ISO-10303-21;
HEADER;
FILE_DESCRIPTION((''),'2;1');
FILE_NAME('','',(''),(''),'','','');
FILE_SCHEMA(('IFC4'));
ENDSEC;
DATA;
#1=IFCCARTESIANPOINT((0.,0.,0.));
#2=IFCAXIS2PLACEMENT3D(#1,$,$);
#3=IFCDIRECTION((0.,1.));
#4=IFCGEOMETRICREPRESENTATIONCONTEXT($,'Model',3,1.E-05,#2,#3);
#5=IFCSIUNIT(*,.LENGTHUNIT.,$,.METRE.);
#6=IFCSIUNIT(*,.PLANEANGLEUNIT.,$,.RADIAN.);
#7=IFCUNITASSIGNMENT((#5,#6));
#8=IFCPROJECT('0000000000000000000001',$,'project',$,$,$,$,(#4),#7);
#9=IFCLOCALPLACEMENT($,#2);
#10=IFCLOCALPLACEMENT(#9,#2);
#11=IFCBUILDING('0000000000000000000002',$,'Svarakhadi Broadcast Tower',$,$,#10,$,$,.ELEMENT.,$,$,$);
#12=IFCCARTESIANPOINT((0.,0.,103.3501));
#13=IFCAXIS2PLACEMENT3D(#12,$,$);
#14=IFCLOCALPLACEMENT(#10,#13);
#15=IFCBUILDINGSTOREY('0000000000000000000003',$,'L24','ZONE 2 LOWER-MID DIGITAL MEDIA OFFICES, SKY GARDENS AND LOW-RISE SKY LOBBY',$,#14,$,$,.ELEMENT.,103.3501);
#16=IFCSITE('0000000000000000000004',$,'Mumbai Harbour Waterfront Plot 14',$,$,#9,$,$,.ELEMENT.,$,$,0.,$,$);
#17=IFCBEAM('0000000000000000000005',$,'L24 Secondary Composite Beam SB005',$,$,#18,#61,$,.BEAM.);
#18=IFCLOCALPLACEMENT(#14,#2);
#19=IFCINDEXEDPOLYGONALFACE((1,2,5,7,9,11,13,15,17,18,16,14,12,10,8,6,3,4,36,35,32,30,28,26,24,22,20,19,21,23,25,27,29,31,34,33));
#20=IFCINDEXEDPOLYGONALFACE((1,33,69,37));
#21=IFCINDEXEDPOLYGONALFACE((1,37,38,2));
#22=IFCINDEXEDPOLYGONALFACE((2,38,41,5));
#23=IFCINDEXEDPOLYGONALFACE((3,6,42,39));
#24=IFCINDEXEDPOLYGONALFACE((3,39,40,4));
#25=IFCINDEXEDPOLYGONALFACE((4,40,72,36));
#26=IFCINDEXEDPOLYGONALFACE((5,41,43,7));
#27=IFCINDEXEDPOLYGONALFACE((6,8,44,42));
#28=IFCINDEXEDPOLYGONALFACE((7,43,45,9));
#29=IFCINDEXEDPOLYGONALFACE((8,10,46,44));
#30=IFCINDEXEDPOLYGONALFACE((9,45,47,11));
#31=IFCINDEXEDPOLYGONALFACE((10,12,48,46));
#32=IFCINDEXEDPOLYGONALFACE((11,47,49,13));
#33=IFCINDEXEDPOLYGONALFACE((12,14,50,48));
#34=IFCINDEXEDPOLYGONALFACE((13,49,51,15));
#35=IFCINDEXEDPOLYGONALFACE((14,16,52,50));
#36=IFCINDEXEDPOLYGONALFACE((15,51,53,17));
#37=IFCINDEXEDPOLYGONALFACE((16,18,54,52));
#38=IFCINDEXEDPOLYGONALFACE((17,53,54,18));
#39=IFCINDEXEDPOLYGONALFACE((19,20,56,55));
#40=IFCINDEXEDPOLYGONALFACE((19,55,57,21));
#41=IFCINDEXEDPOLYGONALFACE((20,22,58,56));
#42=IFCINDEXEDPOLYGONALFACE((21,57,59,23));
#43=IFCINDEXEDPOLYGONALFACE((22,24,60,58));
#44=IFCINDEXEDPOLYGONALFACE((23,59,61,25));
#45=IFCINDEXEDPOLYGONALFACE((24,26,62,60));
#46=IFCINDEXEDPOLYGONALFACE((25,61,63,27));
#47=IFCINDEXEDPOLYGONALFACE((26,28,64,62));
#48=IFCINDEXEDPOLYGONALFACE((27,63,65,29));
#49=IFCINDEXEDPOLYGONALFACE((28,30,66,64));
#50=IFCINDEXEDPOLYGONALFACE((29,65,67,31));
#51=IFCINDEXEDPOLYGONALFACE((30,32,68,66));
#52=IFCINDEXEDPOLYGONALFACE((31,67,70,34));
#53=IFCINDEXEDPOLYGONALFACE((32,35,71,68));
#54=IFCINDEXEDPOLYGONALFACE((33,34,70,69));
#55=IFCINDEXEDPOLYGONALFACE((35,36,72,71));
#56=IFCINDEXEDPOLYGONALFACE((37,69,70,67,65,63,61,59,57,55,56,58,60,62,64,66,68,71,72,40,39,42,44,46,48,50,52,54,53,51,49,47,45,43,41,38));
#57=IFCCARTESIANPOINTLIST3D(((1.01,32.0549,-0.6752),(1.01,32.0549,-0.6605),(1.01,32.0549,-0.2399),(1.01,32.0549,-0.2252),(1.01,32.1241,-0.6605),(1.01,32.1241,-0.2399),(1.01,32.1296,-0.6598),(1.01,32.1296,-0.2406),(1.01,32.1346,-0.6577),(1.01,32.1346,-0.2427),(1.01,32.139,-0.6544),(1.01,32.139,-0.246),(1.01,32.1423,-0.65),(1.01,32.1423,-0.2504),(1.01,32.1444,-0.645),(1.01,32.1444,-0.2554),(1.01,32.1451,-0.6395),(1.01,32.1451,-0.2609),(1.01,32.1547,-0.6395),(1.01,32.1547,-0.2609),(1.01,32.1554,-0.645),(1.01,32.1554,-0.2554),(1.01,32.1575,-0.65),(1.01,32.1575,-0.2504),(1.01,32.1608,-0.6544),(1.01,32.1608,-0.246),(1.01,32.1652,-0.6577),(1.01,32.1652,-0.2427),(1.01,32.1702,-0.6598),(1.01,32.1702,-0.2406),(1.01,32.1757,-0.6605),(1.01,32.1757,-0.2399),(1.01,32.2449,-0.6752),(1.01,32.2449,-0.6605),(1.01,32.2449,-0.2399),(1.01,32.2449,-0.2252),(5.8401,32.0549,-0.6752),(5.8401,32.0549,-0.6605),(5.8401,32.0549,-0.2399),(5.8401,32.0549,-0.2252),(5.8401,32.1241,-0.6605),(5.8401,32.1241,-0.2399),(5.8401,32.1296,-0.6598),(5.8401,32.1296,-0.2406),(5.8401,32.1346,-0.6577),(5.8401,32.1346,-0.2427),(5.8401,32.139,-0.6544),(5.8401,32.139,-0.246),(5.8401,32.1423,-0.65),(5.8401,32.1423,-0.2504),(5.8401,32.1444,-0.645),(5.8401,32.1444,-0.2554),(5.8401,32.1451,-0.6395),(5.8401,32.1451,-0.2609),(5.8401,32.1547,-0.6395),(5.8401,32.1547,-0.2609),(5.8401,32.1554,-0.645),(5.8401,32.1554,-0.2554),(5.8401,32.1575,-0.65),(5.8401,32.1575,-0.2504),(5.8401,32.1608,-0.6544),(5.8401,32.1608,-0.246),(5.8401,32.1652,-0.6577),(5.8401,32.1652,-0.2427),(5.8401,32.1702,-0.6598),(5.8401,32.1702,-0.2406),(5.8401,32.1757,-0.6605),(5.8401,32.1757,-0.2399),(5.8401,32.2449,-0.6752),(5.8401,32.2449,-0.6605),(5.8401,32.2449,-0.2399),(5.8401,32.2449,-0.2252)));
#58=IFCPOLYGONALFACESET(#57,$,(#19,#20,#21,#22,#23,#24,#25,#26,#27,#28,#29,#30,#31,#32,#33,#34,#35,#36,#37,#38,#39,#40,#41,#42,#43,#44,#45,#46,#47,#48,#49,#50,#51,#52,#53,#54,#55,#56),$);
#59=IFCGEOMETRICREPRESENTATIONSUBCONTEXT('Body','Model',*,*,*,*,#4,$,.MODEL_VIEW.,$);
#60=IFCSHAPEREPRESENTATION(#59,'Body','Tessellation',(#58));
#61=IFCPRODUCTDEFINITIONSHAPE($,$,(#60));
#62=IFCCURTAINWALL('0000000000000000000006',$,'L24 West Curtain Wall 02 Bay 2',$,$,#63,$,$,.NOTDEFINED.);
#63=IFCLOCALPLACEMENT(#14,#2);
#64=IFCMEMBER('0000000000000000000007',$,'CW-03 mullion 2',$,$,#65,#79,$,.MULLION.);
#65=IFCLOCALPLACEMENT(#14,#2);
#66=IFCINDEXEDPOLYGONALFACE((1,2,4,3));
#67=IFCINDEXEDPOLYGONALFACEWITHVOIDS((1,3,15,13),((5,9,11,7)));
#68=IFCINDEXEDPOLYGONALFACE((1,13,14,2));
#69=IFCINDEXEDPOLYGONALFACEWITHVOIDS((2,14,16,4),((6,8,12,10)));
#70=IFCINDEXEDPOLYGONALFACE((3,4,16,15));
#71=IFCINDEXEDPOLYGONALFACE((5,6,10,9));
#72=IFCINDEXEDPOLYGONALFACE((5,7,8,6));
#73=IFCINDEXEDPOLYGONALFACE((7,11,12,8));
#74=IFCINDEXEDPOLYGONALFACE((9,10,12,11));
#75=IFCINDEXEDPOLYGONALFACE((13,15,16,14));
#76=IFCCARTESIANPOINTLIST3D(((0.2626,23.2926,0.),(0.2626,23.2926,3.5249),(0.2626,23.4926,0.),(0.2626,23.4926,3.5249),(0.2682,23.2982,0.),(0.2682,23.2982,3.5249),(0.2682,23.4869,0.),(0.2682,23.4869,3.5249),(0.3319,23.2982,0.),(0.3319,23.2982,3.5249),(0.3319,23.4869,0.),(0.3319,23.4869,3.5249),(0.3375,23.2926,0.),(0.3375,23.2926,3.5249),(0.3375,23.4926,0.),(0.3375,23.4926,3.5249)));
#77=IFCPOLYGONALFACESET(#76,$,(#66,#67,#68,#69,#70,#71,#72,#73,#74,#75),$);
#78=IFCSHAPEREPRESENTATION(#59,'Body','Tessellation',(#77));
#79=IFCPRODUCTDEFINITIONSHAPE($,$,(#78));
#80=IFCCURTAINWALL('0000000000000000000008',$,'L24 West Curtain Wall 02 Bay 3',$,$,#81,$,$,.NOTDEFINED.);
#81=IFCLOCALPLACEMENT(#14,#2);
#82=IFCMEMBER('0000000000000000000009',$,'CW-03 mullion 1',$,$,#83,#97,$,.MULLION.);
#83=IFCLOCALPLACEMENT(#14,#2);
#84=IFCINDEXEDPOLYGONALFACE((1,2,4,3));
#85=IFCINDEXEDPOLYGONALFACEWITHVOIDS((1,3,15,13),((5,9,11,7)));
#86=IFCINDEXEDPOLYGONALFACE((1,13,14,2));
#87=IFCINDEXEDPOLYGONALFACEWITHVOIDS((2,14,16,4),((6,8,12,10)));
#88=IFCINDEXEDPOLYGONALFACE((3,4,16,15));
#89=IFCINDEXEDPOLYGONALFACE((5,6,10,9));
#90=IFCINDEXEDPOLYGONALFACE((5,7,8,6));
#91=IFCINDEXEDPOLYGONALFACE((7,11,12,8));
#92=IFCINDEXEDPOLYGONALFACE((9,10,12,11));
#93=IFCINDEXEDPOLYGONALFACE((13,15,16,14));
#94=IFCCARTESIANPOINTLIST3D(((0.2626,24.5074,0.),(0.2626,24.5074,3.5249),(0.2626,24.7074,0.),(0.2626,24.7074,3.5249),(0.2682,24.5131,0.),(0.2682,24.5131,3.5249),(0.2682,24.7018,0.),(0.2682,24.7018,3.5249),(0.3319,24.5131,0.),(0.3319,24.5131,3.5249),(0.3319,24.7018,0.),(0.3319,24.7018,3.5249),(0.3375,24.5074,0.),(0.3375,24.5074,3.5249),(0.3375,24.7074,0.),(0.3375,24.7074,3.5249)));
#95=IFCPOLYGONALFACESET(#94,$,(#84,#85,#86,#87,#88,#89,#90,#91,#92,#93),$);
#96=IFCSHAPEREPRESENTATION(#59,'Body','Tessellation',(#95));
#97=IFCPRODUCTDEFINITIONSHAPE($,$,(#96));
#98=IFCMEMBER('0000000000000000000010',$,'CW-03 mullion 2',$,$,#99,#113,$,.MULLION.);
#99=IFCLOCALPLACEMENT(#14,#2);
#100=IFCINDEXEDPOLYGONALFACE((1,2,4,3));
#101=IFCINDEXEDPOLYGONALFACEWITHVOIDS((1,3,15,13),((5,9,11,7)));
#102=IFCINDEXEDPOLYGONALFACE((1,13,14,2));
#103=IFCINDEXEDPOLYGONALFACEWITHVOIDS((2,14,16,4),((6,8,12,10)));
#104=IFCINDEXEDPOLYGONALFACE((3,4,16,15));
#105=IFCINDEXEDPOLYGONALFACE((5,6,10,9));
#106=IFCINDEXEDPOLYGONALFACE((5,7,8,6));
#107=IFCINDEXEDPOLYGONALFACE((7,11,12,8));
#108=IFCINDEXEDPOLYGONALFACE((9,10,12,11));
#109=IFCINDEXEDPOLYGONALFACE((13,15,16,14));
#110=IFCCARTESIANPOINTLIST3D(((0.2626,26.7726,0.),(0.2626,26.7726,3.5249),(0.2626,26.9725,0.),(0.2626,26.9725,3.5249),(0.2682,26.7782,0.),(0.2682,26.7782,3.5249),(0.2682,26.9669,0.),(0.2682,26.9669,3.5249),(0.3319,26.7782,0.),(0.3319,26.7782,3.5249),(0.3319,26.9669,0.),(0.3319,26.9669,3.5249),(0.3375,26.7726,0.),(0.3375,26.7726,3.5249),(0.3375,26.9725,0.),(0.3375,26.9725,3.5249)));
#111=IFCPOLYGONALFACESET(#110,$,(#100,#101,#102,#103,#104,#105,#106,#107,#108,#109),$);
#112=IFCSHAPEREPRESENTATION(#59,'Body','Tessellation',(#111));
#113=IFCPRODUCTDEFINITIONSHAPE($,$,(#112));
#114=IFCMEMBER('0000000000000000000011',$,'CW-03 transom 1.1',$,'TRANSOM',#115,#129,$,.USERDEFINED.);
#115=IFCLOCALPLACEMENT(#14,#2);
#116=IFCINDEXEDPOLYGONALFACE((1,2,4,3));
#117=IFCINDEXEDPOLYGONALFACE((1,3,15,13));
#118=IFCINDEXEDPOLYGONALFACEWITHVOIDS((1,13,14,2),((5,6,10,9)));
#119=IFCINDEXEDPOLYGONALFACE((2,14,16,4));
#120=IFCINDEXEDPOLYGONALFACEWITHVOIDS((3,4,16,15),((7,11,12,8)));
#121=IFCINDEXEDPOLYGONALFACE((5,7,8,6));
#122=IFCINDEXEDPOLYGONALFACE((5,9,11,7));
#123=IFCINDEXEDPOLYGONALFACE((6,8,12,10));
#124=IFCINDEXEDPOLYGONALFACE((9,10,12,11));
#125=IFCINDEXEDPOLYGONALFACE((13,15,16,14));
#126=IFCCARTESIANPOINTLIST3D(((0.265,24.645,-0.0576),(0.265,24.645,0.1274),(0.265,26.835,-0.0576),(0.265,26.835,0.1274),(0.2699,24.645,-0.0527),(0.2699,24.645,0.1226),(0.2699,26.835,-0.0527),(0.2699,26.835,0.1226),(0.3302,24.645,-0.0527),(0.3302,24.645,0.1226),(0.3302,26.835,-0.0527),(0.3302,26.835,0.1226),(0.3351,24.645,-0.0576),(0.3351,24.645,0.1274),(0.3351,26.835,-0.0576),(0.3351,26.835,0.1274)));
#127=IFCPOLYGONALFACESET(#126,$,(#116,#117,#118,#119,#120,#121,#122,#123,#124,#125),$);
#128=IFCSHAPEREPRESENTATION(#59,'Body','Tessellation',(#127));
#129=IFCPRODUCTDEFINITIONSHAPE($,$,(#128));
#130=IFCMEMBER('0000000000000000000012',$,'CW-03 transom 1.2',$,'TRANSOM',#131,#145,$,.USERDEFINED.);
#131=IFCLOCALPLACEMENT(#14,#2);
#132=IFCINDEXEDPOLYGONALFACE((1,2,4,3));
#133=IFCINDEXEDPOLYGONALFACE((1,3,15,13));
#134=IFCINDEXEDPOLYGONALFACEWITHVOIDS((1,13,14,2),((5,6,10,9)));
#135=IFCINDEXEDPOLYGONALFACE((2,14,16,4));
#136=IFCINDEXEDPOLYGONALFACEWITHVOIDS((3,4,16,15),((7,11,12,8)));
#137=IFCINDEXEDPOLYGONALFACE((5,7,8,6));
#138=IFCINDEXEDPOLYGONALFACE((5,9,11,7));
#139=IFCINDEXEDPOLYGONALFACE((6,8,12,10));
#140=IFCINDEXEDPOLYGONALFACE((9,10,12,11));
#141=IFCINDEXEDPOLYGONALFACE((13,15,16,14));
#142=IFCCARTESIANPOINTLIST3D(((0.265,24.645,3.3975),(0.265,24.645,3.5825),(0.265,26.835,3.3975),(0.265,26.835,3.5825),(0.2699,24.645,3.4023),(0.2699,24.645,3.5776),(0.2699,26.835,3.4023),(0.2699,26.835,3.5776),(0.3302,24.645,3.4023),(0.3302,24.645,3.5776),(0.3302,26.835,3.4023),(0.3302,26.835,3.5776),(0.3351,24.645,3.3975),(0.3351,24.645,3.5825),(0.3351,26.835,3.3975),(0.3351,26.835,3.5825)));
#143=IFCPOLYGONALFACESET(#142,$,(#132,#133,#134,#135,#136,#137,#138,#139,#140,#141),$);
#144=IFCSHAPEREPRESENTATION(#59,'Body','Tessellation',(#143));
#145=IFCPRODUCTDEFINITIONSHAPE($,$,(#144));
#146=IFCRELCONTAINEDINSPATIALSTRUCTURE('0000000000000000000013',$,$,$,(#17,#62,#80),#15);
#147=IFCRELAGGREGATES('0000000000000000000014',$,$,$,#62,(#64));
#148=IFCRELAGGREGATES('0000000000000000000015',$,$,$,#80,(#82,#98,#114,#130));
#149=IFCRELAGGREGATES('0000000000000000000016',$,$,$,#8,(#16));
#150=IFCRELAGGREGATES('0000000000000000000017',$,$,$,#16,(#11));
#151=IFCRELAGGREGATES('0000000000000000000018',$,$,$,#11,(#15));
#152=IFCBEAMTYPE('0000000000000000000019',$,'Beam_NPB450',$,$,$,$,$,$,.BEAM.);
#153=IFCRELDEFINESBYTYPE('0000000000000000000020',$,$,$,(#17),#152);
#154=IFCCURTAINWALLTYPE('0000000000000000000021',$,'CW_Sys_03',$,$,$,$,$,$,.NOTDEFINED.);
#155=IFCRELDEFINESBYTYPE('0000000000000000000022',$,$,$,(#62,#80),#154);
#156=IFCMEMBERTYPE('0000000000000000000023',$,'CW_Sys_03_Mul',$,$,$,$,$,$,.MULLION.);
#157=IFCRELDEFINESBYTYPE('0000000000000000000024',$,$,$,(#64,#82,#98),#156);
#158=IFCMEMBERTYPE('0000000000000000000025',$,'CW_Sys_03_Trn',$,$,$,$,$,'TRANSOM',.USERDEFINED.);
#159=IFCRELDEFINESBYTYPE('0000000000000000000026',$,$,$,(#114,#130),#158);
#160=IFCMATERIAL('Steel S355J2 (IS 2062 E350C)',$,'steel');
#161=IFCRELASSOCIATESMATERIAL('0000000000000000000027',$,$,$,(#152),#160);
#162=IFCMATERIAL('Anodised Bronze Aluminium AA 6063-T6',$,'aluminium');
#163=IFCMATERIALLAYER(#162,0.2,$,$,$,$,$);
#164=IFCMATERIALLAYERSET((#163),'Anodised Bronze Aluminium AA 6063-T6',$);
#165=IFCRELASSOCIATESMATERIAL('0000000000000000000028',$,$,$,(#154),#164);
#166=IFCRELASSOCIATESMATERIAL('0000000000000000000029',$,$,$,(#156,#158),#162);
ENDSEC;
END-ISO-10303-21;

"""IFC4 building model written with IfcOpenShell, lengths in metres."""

from ifc_helpers import new_model, si_unit, direction, frame, origin, origin_2d, place, context, subcontext, project, spatial, hollow_rectangle, i_section, extrude, material, layer, layer_set, material_profile, profile_set, type_object, element, aggregate, save


model = new_model("IFC4")

# Units and contexts
model_context = context("Model", 3, precision=1e-05, world=origin(), true_north=direction((0.0, 1.0)))
body_context = subcontext(model_context, "Body", "Model", "MODEL_VIEW")
ifc_project = project(units=[si_unit("LENGTHUNIT", "METRE"), si_unit("PLANEANGLEUNIT", "RADIAN")], contexts=[model_context])

# Site, building, storey
site_placement = place(None, origin())
site = spatial("IfcSite", under=ifc_project, at=site_placement, Name="Mumbai Harbour Waterfront Plot 14", CompositionType="ELEMENT", RefElevation=0.0)
building_placement = place(site_placement, origin())
building = spatial("IfcBuilding", under=site, at=building_placement, Name="Svarakhadi Broadcast Tower", CompositionType="ELEMENT")
storey_placement = place(building_placement, frame((0.0, 0.0, 103.3501)))
storey = spatial("IfcBuildingStorey", under=building, at=storey_placement, Name="L24", Description="ZONE 2 LOWER-MID DIGITAL MEDIA OFFICES, SKY GARDENS AND LOW-RISE SKY LOBBY", CompositionType="ELEMENT", Elevation=103.3501)

# Beam
ifc_material_1 = material(Name="Steel S355J2 (IS 2062 E350C)", Category="steel")
ifc_material_profile_1 = material_profile(ifc_material_1, i_section(OverallWidth=0.1899, OverallDepth=0.45, WebThickness=0.0095, FlangeThickness=0.0146, FilletRadius=0.021, at=origin_2d()), Name="NPB 450x190x78")
ifc_profile_set_1 = profile_set([ifc_material_profile_1], Name="Steel S355J2 (IS 2062 E350C)")
beam_type_1 = type_object("IfcBeamType", Name="Beam_NPB450", PredefinedType="BEAM", material=ifc_profile_set_1)
for number, where, z_axis, x_axis, name in (
    (1, (1.01, 32.1499, -0.4502), (1.0, 0.0, 0.0), (0.0, 1.0, 0.0), "L24 Secondary Composite Beam SB005"),
):
    element("IfcBeam", number, at=place(storey_placement, frame(where, z_axis=z_axis, x_axis=x_axis)), inside=storey, type_object=beam_type_1, Name=name, PredefinedType="BEAM", context=body_context, shape_type="SweptSolid", body=[
        extrude(i_section(OverallWidth=0.1899, OverallDepth=0.45, WebThickness=0.0095, FlangeThickness=0.0146, FilletRadius=0.021, at=origin_2d()), origin(), (0.0, 0.0, 1.0), 4.8301),
    ])

# Curtain wall, member
ifc_material_2 = material(Name="Anodised Bronze Aluminium AA 6063-T6", Category="aluminium")
ifc_layer_1 = layer(ifc_material_2, 0.2)
ifc_layer_set_1 = layer_set([ifc_layer_1], Name="Anodised Bronze Aluminium AA 6063-T6")
curtain_wall_type = type_object("IfcCurtainWallType", Name="CW_Sys_03", PredefinedType="NOTDEFINED", material=ifc_layer_set_1)
curtain_wall_1_placement = place(storey_placement, origin())
curtain_wall_1 = element("IfcCurtainWall", 2, at=curtain_wall_1_placement, inside=storey, type_object=curtain_wall_type, Name="L24 West Curtain Wall 02 Bay 2", PredefinedType="NOTDEFINED")
ifc_material_profile_2 = material_profile(ifc_material_2, hollow_rectangle(XDim=0.075, YDim=0.2, WallThickness=0.0056, at=origin_2d()), Name="ALU MULLION 200x75x6")
ifc_profile_set_2 = profile_set([ifc_material_profile_2], Name="Anodised Bronze Aluminium AA 6063-T6")
member_type_1 = type_object("IfcMemberType", Name="CW_Sys_03_Mul", PredefinedType="MULLION", material=ifc_profile_set_2)
member_1_placement = place(storey_placement, frame((0.3, 23.3926, 0.0), z_axis=(0.0, 0.0, 1.0), x_axis=(-1.0, 0.0, 0.0)))
member_1 = element("IfcMember", 3, at=member_1_placement, type_object=member_type_1, Name="CW-03 mullion 2", PredefinedType="MULLION", context=body_context, shape_type="SweptSolid", body=[
    extrude(hollow_rectangle(XDim=0.075, YDim=0.2, WallThickness=0.0056, at=origin_2d()), origin(), (0.0, 0.0, 1.0), 3.5249),
])
aggregate(curtain_wall_1, [member_1])

# Curtain wall, members
curtain_wall_2_placement = place(storey_placement, origin())
curtain_wall_2 = element("IfcCurtainWall", 4, at=curtain_wall_2_placement, inside=storey, type_object=curtain_wall_type, Name="L24 West Curtain Wall 02 Bay 3", PredefinedType="NOTDEFINED")
member_2_placement = place(storey_placement, frame((0.3, 24.6074, 0.0), z_axis=(0.0, 0.0, 1.0), x_axis=(-1.0, 0.0, 0.0)))
member_2 = element("IfcMember", 5, at=member_2_placement, type_object=member_type_1, Name="CW-03 mullion 1", PredefinedType="MULLION", context=body_context, shape_type="SweptSolid", body=[
    extrude(hollow_rectangle(XDim=0.075, YDim=0.2, WallThickness=0.0056, at=origin_2d()), origin(), (0.0, 0.0, 1.0), 3.5249),
])
member_3_placement = place(storey_placement, frame((0.3, 26.8726, 0.0), z_axis=(0.0, 0.0, 1.0), x_axis=(-1.0, 0.0, 0.0)))
member_3 = element("IfcMember", 6, at=member_3_placement, type_object=member_type_1, Name="CW-03 mullion 2", PredefinedType="MULLION", context=body_context, shape_type="SweptSolid", body=[
    extrude(hollow_rectangle(XDim=0.075, YDim=0.2, WallThickness=0.0056, at=origin_2d()), origin(), (0.0, 0.0, 1.0), 3.5249),
])
ifc_material_profile_3 = material_profile(ifc_material_2, hollow_rectangle(XDim=0.0701, YDim=0.1851, WallThickness=0.0049, at=origin_2d()), Name="ALU TRANSOM 185x70x5")
ifc_profile_set_3 = profile_set([ifc_material_profile_3], Name="Anodised Bronze Aluminium AA 6063-T6")
member_type_2 = type_object("IfcMemberType", Name="CW_Sys_03_Trn", ElementType="TRANSOM", PredefinedType="USERDEFINED", material=ifc_profile_set_3)
member_4_placement = place(storey_placement, frame((0.3, 24.645, 0.0349), z_axis=(0.0, 1.0, 0.0), x_axis=(-1.0, 0.0, 0.0)))
member_4 = element("IfcMember", 7, at=member_4_placement, type_object=member_type_2, Name="CW-03 transom 1.1", ObjectType="TRANSOM", PredefinedType="USERDEFINED", context=body_context, shape_type="SweptSolid", body=[
    extrude(hollow_rectangle(XDim=0.0701, YDim=0.1851, WallThickness=0.0049, at=origin_2d()), origin(), (0.0, 0.0, 1.0), 2.1899),
])
member_5_placement = place(storey_placement, frame((0.3, 24.645, 3.49), z_axis=(0.0, 1.0, 0.0), x_axis=(-1.0, 0.0, 0.0)))
member_5 = element("IfcMember", 8, at=member_5_placement, type_object=member_type_2, Name="CW-03 transom 1.2", ObjectType="TRANSOM", PredefinedType="USERDEFINED", context=body_context, shape_type="SweptSolid", body=[
    extrude(hollow_rectangle(XDim=0.0701, YDim=0.1851, WallThickness=0.0049, at=origin_2d()), origin(), (0.0, 0.0, 1.0), 2.1899),
])

aggregate(curtain_wall_2, [member_2, member_3, member_4, member_5])

save(model, "model.ifc")
